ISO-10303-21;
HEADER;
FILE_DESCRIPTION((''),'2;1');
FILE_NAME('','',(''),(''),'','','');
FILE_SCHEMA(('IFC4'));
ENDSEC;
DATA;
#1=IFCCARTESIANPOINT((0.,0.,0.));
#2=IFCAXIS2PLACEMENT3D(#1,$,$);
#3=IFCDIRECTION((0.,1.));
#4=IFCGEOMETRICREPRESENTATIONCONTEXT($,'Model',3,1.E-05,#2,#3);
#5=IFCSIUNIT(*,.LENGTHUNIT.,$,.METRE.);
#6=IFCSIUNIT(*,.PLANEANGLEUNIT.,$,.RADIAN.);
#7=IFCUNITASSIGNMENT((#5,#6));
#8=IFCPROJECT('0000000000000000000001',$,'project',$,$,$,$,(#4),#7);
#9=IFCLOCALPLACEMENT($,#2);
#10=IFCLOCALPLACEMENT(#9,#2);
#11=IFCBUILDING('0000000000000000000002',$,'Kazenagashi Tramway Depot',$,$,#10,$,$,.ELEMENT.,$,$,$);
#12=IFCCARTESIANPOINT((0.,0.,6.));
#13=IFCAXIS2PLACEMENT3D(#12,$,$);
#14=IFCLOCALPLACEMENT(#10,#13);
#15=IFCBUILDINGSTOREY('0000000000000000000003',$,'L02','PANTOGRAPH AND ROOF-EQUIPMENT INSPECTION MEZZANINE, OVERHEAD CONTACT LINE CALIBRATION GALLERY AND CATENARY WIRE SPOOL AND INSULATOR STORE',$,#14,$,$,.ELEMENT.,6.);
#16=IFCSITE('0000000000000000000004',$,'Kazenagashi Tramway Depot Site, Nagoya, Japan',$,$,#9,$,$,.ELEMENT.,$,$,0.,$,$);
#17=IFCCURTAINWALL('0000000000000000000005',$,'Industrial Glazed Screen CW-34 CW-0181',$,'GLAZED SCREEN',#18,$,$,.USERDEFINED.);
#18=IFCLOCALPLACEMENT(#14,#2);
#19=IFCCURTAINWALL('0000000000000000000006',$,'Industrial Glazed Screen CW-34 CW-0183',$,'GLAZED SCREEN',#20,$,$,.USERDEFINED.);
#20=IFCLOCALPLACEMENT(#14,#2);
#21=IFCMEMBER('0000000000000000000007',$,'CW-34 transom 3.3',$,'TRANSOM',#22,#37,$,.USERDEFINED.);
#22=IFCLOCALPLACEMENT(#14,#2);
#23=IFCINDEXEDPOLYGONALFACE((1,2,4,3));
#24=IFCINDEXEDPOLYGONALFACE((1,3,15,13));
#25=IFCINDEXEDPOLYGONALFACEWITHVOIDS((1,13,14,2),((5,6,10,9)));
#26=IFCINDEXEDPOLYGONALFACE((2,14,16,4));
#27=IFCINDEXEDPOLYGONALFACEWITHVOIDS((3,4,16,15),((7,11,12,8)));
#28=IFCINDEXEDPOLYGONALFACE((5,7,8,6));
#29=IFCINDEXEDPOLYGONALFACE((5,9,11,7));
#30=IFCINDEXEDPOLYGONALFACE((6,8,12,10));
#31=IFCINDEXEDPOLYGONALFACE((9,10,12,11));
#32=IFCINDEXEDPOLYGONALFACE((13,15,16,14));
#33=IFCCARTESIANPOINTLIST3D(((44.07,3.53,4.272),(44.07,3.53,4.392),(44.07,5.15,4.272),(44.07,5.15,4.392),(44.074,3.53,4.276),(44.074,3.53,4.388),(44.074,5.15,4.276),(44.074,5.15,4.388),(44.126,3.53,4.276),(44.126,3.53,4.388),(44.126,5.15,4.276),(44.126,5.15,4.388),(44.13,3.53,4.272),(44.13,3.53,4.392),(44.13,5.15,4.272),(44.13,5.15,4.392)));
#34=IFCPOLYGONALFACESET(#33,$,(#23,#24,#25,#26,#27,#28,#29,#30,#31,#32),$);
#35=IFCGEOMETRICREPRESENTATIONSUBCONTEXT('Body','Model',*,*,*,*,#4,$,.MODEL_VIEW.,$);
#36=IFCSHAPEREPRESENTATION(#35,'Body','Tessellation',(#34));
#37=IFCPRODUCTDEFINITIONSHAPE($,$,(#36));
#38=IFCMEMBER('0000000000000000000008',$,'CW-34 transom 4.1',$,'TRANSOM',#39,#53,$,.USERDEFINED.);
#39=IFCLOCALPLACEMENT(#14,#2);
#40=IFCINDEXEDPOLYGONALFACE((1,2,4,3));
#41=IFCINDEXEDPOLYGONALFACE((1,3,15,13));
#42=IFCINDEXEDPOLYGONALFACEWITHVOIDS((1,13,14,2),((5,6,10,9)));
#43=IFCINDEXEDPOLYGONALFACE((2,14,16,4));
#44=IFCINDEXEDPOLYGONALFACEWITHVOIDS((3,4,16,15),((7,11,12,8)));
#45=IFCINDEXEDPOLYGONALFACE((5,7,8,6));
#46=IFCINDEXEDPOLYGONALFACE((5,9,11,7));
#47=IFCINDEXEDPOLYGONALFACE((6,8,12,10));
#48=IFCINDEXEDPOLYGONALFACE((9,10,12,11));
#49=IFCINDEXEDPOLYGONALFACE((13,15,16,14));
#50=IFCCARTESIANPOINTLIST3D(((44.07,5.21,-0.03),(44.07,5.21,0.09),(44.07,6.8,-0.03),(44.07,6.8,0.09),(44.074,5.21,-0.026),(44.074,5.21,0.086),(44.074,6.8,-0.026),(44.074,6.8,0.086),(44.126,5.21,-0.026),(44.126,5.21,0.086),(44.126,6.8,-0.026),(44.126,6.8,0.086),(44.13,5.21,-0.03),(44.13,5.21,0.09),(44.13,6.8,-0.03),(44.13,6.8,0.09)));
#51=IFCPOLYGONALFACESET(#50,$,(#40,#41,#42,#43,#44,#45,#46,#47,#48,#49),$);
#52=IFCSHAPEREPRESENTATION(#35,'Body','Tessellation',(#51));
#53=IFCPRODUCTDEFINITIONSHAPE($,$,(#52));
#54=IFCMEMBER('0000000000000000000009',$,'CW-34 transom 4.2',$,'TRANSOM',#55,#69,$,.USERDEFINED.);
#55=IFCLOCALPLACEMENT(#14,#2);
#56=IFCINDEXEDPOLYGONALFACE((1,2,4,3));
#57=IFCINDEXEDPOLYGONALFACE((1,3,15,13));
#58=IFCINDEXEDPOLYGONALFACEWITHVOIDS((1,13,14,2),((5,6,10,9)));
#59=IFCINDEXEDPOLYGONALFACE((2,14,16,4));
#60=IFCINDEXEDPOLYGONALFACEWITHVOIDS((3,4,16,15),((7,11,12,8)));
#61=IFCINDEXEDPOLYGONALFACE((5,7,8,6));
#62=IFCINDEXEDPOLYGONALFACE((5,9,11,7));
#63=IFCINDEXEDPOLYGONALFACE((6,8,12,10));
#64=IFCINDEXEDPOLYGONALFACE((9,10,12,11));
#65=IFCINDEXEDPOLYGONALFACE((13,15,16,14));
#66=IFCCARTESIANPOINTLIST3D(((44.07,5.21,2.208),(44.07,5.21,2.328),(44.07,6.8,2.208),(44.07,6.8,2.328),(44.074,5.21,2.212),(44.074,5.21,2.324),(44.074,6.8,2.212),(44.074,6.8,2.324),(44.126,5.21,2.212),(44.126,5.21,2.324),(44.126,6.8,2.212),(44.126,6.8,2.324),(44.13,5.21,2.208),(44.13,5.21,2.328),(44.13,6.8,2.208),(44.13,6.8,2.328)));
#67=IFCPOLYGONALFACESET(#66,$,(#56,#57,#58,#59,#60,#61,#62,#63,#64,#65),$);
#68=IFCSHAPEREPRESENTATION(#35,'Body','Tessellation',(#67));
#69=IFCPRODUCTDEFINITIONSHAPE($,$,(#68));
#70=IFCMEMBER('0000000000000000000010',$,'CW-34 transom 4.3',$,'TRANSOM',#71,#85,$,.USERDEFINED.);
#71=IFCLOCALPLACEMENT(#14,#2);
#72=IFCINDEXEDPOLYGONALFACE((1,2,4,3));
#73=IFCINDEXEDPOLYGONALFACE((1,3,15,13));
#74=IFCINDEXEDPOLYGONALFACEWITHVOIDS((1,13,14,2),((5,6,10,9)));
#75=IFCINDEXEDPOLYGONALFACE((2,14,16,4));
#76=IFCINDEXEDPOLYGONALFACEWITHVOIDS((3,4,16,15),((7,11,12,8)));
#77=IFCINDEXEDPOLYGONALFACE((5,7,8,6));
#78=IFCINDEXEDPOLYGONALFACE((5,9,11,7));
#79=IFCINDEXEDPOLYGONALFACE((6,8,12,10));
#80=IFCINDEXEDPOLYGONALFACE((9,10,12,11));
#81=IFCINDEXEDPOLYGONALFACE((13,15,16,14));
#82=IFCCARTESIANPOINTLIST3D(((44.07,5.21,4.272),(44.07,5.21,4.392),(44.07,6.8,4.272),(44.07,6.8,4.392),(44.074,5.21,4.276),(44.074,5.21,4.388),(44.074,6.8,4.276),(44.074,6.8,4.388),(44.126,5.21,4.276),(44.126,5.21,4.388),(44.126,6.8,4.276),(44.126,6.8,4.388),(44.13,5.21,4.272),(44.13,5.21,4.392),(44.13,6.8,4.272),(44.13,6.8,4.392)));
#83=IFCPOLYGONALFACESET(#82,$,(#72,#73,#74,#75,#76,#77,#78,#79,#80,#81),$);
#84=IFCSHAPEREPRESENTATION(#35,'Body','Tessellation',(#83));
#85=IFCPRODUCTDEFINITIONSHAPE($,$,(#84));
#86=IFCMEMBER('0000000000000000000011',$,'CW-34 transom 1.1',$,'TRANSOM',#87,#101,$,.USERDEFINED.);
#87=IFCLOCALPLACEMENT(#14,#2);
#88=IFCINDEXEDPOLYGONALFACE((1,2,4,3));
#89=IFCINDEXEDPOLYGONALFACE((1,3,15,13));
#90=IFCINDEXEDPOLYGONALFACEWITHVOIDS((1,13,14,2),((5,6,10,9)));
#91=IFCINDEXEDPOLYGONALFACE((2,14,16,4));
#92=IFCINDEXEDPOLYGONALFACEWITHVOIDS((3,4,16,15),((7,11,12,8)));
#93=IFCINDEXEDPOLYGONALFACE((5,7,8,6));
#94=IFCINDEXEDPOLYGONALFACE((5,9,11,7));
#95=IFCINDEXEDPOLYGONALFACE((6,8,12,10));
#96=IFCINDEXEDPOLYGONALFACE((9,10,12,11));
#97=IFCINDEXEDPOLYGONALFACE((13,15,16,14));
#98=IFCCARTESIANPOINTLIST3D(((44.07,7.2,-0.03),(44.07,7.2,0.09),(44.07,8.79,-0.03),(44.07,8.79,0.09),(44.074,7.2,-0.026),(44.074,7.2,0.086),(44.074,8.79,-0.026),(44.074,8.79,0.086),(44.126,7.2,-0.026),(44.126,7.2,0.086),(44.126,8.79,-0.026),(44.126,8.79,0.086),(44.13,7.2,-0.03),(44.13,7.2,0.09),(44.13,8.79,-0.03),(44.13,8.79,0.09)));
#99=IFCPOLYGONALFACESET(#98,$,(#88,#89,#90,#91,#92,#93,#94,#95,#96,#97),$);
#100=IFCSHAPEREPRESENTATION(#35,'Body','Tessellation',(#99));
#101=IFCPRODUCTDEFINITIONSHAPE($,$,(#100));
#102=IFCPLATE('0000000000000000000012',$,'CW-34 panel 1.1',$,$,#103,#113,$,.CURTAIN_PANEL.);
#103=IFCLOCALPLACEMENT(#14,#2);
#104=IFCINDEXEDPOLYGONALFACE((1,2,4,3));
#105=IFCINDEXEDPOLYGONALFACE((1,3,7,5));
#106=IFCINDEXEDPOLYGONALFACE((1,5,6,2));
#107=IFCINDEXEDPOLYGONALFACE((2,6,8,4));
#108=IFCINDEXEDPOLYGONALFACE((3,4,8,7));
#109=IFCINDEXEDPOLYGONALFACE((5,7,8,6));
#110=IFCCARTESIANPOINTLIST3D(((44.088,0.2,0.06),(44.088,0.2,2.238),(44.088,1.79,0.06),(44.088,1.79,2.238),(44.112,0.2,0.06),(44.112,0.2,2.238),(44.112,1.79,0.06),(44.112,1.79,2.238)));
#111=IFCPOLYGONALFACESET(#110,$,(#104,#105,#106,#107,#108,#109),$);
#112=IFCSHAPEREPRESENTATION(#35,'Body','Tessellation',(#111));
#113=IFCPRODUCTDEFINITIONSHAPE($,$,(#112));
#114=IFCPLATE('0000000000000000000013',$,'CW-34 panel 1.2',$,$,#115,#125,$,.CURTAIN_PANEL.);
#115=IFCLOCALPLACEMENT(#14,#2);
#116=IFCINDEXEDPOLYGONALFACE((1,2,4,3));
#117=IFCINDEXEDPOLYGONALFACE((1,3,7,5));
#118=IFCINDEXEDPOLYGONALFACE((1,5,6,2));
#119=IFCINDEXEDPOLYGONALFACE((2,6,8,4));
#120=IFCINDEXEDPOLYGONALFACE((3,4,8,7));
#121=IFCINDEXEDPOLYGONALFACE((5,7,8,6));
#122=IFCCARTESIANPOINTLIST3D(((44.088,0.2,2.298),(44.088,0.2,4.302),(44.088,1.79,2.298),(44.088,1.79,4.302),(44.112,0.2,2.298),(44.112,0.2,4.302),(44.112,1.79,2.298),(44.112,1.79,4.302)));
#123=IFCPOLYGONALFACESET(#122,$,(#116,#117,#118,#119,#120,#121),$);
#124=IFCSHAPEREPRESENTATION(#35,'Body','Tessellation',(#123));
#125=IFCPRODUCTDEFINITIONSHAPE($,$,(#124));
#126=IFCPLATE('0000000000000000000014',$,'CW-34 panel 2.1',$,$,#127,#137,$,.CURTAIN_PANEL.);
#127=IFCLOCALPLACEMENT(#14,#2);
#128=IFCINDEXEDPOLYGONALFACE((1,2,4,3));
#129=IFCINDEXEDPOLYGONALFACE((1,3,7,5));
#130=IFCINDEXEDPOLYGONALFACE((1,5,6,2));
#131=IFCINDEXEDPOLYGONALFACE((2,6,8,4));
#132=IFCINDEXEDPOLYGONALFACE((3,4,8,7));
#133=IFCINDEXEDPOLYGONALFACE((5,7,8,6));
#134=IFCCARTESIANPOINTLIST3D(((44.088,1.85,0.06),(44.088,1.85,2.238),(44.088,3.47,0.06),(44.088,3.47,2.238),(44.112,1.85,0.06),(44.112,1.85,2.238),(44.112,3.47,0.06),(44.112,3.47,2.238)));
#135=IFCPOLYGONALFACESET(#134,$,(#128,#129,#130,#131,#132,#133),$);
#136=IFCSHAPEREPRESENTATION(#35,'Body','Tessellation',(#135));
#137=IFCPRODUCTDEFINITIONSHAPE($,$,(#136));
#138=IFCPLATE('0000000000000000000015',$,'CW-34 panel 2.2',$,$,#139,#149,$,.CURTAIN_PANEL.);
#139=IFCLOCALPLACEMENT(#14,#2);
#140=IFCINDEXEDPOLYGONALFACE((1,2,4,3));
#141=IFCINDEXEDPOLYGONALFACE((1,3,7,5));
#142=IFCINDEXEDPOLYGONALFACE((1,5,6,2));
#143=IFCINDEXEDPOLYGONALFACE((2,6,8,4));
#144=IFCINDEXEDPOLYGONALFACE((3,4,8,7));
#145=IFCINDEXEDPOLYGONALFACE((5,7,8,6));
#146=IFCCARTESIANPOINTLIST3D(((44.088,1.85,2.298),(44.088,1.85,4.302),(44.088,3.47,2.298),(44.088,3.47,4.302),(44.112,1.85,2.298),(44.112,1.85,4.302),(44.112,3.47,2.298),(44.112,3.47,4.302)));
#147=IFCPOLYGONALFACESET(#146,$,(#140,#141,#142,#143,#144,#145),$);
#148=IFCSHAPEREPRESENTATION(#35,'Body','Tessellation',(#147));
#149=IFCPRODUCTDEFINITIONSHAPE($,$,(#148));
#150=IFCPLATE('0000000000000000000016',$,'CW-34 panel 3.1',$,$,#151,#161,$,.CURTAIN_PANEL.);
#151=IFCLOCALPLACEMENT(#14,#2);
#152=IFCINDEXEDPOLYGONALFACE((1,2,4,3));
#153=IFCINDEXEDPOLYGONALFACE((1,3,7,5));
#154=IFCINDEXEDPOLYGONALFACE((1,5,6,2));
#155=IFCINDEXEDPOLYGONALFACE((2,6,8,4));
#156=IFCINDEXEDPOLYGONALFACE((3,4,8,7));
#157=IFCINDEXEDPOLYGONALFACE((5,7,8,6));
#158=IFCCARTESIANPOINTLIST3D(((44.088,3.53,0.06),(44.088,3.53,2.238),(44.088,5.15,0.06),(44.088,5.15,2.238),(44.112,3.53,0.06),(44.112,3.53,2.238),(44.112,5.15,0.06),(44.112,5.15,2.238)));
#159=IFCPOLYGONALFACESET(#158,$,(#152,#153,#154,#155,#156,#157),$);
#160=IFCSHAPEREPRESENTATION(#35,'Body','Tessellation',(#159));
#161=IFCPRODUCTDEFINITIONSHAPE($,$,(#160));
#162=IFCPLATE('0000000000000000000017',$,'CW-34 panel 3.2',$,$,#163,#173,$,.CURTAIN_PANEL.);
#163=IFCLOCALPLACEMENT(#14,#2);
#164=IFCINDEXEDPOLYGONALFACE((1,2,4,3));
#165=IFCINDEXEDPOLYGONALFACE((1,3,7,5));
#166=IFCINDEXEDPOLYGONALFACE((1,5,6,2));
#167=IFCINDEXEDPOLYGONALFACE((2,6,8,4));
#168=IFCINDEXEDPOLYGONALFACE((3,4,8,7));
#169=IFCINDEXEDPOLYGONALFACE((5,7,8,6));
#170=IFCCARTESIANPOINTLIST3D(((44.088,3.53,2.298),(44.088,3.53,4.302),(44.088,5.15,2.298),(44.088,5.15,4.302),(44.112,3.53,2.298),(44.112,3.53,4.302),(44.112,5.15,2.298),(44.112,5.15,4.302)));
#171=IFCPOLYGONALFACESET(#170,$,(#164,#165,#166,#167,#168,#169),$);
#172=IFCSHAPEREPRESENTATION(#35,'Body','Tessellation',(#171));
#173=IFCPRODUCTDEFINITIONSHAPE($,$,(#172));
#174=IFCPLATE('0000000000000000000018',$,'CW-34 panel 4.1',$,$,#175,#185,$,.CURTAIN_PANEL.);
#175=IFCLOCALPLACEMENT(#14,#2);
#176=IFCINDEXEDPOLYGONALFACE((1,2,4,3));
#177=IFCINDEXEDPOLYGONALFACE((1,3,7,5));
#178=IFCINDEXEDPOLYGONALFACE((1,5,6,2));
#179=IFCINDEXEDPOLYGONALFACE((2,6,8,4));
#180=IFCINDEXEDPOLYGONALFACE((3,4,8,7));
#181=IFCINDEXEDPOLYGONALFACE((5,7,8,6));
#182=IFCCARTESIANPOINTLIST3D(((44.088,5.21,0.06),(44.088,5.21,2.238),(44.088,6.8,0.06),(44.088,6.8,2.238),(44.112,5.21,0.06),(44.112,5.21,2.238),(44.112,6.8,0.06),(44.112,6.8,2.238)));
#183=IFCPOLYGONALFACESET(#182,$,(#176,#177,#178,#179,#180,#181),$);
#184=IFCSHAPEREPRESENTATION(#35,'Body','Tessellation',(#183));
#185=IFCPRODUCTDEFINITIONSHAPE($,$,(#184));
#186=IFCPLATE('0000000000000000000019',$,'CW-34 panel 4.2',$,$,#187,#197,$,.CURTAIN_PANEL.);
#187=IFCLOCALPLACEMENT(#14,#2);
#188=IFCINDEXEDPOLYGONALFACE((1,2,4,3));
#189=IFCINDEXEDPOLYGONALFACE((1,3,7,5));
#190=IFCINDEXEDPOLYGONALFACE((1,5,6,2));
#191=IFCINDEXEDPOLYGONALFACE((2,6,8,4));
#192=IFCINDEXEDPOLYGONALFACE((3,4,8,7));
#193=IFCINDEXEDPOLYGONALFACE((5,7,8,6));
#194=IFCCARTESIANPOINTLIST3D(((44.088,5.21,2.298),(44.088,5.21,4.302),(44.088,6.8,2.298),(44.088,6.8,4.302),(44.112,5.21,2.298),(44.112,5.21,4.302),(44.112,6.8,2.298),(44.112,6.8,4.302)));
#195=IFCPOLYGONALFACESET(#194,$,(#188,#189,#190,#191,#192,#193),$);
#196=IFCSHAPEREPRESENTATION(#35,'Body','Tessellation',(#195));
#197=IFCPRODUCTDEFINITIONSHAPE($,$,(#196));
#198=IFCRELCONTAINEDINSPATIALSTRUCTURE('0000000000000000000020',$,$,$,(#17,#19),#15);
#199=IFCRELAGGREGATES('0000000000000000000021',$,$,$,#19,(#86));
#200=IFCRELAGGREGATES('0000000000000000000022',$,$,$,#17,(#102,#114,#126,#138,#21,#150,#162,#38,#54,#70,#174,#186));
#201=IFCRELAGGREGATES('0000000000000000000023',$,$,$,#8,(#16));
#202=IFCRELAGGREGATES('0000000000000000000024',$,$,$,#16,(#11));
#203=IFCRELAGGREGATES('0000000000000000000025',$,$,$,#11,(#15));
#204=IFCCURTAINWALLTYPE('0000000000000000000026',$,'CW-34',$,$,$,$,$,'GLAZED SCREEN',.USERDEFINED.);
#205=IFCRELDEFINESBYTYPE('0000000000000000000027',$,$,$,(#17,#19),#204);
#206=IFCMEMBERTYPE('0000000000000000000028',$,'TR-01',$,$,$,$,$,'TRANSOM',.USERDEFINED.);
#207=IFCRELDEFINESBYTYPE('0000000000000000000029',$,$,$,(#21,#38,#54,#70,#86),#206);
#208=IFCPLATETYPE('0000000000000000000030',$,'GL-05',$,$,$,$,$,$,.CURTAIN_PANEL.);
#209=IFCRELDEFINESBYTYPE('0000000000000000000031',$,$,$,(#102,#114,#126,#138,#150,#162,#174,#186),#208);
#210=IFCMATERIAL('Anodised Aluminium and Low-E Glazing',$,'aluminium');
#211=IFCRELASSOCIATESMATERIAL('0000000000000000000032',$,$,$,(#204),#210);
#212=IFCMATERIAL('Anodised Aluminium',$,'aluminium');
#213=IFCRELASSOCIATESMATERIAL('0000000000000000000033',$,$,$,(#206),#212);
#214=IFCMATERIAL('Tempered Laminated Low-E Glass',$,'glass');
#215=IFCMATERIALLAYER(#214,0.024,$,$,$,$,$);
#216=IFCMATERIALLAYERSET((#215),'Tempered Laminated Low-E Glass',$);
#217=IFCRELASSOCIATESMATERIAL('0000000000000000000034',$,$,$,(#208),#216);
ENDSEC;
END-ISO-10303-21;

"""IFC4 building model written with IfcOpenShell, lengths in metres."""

from ifc_helpers import new_model, si_unit, direction, frame, origin, origin_2d, place, context, subcontext, project, spatial, rectangle, hollow_rectangle, extrude, material, layer, layer_set, material_profile, profile_set, type_object, element, aggregate, save


model = new_model("IFC4")

# Units and contexts
model_context = context("Model", 3, precision=1e-05, world=origin(), true_north=direction((0.0, 1.0)))
body_context = subcontext(model_context, "Body", "Model", "MODEL_VIEW")
ifc_project = project(units=[si_unit("LENGTHUNIT", "METRE"), si_unit("PLANEANGLEUNIT", "RADIAN")], contexts=[model_context])

# Site, building, storey
site_placement = place(None, origin())
site = spatial("IfcSite", under=ifc_project, at=site_placement, Name="Kazenagashi Tramway Depot Site, Nagoya, Japan", CompositionType="ELEMENT", RefElevation=0.0)
building_placement = place(site_placement, origin())
building = spatial("IfcBuilding", under=site, at=building_placement, Name="Kazenagashi Tramway Depot", CompositionType="ELEMENT")
storey_placement = place(building_placement, frame((0.0, 0.0, 6.0)))
storey = spatial("IfcBuildingStorey", under=building, at=storey_placement, Name="L02", Description="PANTOGRAPH AND ROOF-EQUIPMENT INSPECTION MEZZANINE, OVERHEAD CONTACT LINE CALIBRATION GALLERY AND CATENARY WIRE SPOOL AND INSULATOR STORE", CompositionType="ELEMENT", Elevation=6.0)

# Curtain wall
ifc_material_1 = material(Name="Anodised Aluminium and Low-E Glazing", Category="aluminium")
curtain_wall_type_1 = type_object("IfcCurtainWallType", Name="CW-34", ElementType="GLAZED SCREEN", PredefinedType="USERDEFINED", material=ifc_material_1)
curtain_wall_1_placement = place(storey_placement, origin())
curtain_wall_1 = element("IfcCurtainWall", 1, at=curtain_wall_1_placement, inside=storey, type_object=curtain_wall_type_1, Name="Industrial Glazed Screen CW-34 CW-0181", ObjectType="GLAZED SCREEN", PredefinedType="USERDEFINED")
ifc_material_2 = material(Name="Anodised Aluminium", Category="aluminium")

# Curtain wall
curtain_wall_2_placement = place(storey_placement, origin())
curtain_wall_2 = element("IfcCurtainWall", 2, at=curtain_wall_2_placement, inside=storey, type_object=curtain_wall_type_1, Name="Industrial Glazed Screen CW-34 CW-0183", ObjectType="GLAZED SCREEN", PredefinedType="USERDEFINED")

# Members
ifc_material_profile_1 = material_profile(ifc_material_2, hollow_rectangle(XDim=0.06, YDim=0.12, WallThickness=0.004, at=origin_2d()), Name="RHS-120x60x4")
ifc_profile_set_1 = profile_set([ifc_material_profile_1], Name="Anodised Aluminium")
member_type_1 = type_object("IfcMemberType", Name="TR-01", ElementType="TRANSOM", PredefinedType="USERDEFINED", material=ifc_profile_set_1)
member_1_placement = place(storey_placement, frame((44.1, 3.53, 4.332), z_axis=(0.0, 1.0, 0.0), x_axis=(-1.0, 0.0, 0.0)))
member_1 = element("IfcMember", 3, at=member_1_placement, type_object=member_type_1, Name="CW-34 transom 3.3", ObjectType="TRANSOM", PredefinedType="USERDEFINED", context=body_context, shape_type="SweptSolid", body=[
    extrude(hollow_rectangle(XDim=0.06, YDim=0.12, WallThickness=0.004, at=origin_2d()), origin(), (0.0, 0.0, 1.0), 1.62),
])
member_2_placement = place(storey_placement, frame((44.1, 5.21, 0.03), z_axis=(0.0, 1.0, 0.0), x_axis=(-1.0, 0.0, 0.0)))
member_2 = element("IfcMember", 4, at=member_2_placement, type_object=member_type_1, Name="CW-34 transom 4.1", ObjectType="TRANSOM", PredefinedType="USERDEFINED", context=body_context, shape_type="SweptSolid", body=[
    extrude(hollow_rectangle(XDim=0.06, YDim=0.12, WallThickness=0.004, at=origin_2d()), origin(), (0.0, 0.0, 1.0), 1.59),
])
member_3_placement = place(storey_placement, frame((44.1, 5.21, 2.268), z_axis=(0.0, 1.0, 0.0), x_axis=(-1.0, 0.0, 0.0)))
member_3 = element("IfcMember", 5, at=member_3_placement, type_object=member_type_1, Name="CW-34 transom 4.2", ObjectType="TRANSOM", PredefinedType="USERDEFINED", context=body_context, shape_type="SweptSolid", body=[
    extrude(hollow_rectangle(XDim=0.06, YDim=0.12, WallThickness=0.004, at=origin_2d()), origin(), (0.0, 0.0, 1.0), 1.59),
])
member_4_placement = place(storey_placement, frame((44.1, 5.21, 4.332), z_axis=(0.0, 1.0, 0.0), x_axis=(-1.0, 0.0, 0.0)))
member_4 = element("IfcMember", 6, at=member_4_placement, type_object=member_type_1, Name="CW-34 transom 4.3", ObjectType="TRANSOM", PredefinedType="USERDEFINED", context=body_context, shape_type="SweptSolid", body=[
    extrude(hollow_rectangle(XDim=0.06, YDim=0.12, WallThickness=0.004, at=origin_2d()), origin(), (0.0, 0.0, 1.0), 1.59),
])
member_5_placement = place(storey_placement, frame((44.1, 7.2, 0.03), z_axis=(0.0, 1.0, 0.0), x_axis=(-1.0, 0.0, 0.0)))
member_5 = element("IfcMember", 7, at=member_5_placement, type_object=member_type_1, Name="CW-34 transom 1.1", ObjectType="TRANSOM", PredefinedType="USERDEFINED", context=body_context, shape_type="SweptSolid", body=[
    extrude(hollow_rectangle(XDim=0.06, YDim=0.12, WallThickness=0.004, at=origin_2d()), origin(), (0.0, 0.0, 1.0), 1.59),
])
aggregate(curtain_wall_2, [member_5])

# Plates
ifc_material_3 = material(Name="Tempered Laminated Low-E Glass", Category="glass")
ifc_layer_1 = layer(ifc_material_3, 0.024)
ifc_layer_set_1 = layer_set([ifc_layer_1], Name="Tempered Laminated Low-E Glass")
plate_type_1 = type_object("IfcPlateType", Name="GL-05", PredefinedType="CURTAIN_PANEL", material=ifc_layer_set_1)
plate_1_placement = place(storey_placement, frame((44.1, 0.995, 0.06), z_axis=(0.0, 0.0, 1.0), x_axis=(0.0, 1.0, 0.0)))
plate_1 = element("IfcPlate", 8, at=plate_1_placement, type_object=plate_type_1, Name="CW-34 panel 1.1", PredefinedType="CURTAIN_PANEL", context=body_context, shape_type="SweptSolid", body=[
    extrude(rectangle(XDim=1.59, YDim=0.024, at=origin_2d()), origin(), (0.0, 0.0, 1.0), 2.178),
])
plate_2_placement = place(storey_placement, frame((44.1, 0.995, 2.298), z_axis=(0.0, 0.0, 1.0), x_axis=(0.0, 1.0, 0.0)))
plate_2 = element("IfcPlate", 9, at=plate_2_placement, type_object=plate_type_1, Name="CW-34 panel 1.2", PredefinedType="CURTAIN_PANEL", context=body_context, shape_type="SweptSolid", body=[
    extrude(rectangle(XDim=1.59, YDim=0.024, at=origin_2d()), origin(), (0.0, 0.0, 1.0), 2.004),
])
plate_3_placement = place(storey_placement, frame((44.1, 2.66, 0.06), z_axis=(0.0, 0.0, 1.0), x_axis=(0.0, 1.0, 0.0)))
plate_3 = element("IfcPlate", 10, at=plate_3_placement, type_object=plate_type_1, Name="CW-34 panel 2.1", PredefinedType="CURTAIN_PANEL", context=body_context, shape_type="SweptSolid", body=[
    extrude(rectangle(XDim=1.62, YDim=0.024, at=origin_2d()), origin(), (0.0, 0.0, 1.0), 2.178),
])
plate_4_placement = place(storey_placement, frame((44.1, 2.66, 2.298), z_axis=(0.0, 0.0, 1.0), x_axis=(0.0, 1.0, 0.0)))
plate_4 = element("IfcPlate", 11, at=plate_4_placement, type_object=plate_type_1, Name="CW-34 panel 2.2", PredefinedType="CURTAIN_PANEL", context=body_context, shape_type="SweptSolid", body=[
    extrude(rectangle(XDim=1.62, YDim=0.024, at=origin_2d()), origin(), (0.0, 0.0, 1.0), 2.004),
])
plate_5_placement = place(storey_placement, frame((44.1, 4.34, 0.06), z_axis=(0.0, 0.0, 1.0), x_axis=(0.0, 1.0, 0.0)))
plate_5 = element("IfcPlate", 12, at=plate_5_placement, type_object=plate_type_1, Name="CW-34 panel 3.1", PredefinedType="CURTAIN_PANEL", context=body_context, shape_type="SweptSolid", body=[
    extrude(rectangle(XDim=1.62, YDim=0.024, at=origin_2d()), origin(), (0.0, 0.0, 1.0), 2.178),
])
plate_6_placement = place(storey_placement, frame((44.1, 4.34, 2.298), z_axis=(0.0, 0.0, 1.0), x_axis=(0.0, 1.0, 0.0)))
plate_6 = element("IfcPlate", 13, at=plate_6_placement, type_object=plate_type_1, Name="CW-34 panel 3.2", PredefinedType="CURTAIN_PANEL", context=body_context, shape_type="SweptSolid", body=[
    extrude(rectangle(XDim=1.62, YDim=0.024, at=origin_2d()), origin(), (0.0, 0.0, 1.0), 2.004),
])
plate_7_placement = place(storey_placement, frame((44.1, 6.005, 0.06), z_axis=(0.0, 0.0, 1.0), x_axis=(0.0, 1.0, 0.0)))
plate_7 = element("IfcPlate", 14, at=plate_7_placement, type_object=plate_type_1, Name="CW-34 panel 4.1", PredefinedType="CURTAIN_PANEL", context=body_context, shape_type="SweptSolid", body=[
    extrude(rectangle(XDim=1.59, YDim=0.024, at=origin_2d()), origin(), (0.0, 0.0, 1.0), 2.178),
])
plate_8_placement = place(storey_placement, frame((44.1, 6.005, 2.298), z_axis=(0.0, 0.0, 1.0), x_axis=(0.0, 1.0, 0.0)))
plate_8 = element("IfcPlate", 15, at=plate_8_placement, type_object=plate_type_1, Name="CW-34 panel 4.2", PredefinedType="CURTAIN_PANEL", context=body_context, shape_type="SweptSolid", body=[
    extrude(rectangle(XDim=1.59, YDim=0.024, at=origin_2d()), origin(), (0.0, 0.0, 1.0), 2.004),
])
aggregate(curtain_wall_1, [plate_1, plate_2, plate_3, plate_4, member_1, plate_5, plate_6, member_2, member_3, member_4, plate_7, plate_8])

save(model, "model.ifc")
